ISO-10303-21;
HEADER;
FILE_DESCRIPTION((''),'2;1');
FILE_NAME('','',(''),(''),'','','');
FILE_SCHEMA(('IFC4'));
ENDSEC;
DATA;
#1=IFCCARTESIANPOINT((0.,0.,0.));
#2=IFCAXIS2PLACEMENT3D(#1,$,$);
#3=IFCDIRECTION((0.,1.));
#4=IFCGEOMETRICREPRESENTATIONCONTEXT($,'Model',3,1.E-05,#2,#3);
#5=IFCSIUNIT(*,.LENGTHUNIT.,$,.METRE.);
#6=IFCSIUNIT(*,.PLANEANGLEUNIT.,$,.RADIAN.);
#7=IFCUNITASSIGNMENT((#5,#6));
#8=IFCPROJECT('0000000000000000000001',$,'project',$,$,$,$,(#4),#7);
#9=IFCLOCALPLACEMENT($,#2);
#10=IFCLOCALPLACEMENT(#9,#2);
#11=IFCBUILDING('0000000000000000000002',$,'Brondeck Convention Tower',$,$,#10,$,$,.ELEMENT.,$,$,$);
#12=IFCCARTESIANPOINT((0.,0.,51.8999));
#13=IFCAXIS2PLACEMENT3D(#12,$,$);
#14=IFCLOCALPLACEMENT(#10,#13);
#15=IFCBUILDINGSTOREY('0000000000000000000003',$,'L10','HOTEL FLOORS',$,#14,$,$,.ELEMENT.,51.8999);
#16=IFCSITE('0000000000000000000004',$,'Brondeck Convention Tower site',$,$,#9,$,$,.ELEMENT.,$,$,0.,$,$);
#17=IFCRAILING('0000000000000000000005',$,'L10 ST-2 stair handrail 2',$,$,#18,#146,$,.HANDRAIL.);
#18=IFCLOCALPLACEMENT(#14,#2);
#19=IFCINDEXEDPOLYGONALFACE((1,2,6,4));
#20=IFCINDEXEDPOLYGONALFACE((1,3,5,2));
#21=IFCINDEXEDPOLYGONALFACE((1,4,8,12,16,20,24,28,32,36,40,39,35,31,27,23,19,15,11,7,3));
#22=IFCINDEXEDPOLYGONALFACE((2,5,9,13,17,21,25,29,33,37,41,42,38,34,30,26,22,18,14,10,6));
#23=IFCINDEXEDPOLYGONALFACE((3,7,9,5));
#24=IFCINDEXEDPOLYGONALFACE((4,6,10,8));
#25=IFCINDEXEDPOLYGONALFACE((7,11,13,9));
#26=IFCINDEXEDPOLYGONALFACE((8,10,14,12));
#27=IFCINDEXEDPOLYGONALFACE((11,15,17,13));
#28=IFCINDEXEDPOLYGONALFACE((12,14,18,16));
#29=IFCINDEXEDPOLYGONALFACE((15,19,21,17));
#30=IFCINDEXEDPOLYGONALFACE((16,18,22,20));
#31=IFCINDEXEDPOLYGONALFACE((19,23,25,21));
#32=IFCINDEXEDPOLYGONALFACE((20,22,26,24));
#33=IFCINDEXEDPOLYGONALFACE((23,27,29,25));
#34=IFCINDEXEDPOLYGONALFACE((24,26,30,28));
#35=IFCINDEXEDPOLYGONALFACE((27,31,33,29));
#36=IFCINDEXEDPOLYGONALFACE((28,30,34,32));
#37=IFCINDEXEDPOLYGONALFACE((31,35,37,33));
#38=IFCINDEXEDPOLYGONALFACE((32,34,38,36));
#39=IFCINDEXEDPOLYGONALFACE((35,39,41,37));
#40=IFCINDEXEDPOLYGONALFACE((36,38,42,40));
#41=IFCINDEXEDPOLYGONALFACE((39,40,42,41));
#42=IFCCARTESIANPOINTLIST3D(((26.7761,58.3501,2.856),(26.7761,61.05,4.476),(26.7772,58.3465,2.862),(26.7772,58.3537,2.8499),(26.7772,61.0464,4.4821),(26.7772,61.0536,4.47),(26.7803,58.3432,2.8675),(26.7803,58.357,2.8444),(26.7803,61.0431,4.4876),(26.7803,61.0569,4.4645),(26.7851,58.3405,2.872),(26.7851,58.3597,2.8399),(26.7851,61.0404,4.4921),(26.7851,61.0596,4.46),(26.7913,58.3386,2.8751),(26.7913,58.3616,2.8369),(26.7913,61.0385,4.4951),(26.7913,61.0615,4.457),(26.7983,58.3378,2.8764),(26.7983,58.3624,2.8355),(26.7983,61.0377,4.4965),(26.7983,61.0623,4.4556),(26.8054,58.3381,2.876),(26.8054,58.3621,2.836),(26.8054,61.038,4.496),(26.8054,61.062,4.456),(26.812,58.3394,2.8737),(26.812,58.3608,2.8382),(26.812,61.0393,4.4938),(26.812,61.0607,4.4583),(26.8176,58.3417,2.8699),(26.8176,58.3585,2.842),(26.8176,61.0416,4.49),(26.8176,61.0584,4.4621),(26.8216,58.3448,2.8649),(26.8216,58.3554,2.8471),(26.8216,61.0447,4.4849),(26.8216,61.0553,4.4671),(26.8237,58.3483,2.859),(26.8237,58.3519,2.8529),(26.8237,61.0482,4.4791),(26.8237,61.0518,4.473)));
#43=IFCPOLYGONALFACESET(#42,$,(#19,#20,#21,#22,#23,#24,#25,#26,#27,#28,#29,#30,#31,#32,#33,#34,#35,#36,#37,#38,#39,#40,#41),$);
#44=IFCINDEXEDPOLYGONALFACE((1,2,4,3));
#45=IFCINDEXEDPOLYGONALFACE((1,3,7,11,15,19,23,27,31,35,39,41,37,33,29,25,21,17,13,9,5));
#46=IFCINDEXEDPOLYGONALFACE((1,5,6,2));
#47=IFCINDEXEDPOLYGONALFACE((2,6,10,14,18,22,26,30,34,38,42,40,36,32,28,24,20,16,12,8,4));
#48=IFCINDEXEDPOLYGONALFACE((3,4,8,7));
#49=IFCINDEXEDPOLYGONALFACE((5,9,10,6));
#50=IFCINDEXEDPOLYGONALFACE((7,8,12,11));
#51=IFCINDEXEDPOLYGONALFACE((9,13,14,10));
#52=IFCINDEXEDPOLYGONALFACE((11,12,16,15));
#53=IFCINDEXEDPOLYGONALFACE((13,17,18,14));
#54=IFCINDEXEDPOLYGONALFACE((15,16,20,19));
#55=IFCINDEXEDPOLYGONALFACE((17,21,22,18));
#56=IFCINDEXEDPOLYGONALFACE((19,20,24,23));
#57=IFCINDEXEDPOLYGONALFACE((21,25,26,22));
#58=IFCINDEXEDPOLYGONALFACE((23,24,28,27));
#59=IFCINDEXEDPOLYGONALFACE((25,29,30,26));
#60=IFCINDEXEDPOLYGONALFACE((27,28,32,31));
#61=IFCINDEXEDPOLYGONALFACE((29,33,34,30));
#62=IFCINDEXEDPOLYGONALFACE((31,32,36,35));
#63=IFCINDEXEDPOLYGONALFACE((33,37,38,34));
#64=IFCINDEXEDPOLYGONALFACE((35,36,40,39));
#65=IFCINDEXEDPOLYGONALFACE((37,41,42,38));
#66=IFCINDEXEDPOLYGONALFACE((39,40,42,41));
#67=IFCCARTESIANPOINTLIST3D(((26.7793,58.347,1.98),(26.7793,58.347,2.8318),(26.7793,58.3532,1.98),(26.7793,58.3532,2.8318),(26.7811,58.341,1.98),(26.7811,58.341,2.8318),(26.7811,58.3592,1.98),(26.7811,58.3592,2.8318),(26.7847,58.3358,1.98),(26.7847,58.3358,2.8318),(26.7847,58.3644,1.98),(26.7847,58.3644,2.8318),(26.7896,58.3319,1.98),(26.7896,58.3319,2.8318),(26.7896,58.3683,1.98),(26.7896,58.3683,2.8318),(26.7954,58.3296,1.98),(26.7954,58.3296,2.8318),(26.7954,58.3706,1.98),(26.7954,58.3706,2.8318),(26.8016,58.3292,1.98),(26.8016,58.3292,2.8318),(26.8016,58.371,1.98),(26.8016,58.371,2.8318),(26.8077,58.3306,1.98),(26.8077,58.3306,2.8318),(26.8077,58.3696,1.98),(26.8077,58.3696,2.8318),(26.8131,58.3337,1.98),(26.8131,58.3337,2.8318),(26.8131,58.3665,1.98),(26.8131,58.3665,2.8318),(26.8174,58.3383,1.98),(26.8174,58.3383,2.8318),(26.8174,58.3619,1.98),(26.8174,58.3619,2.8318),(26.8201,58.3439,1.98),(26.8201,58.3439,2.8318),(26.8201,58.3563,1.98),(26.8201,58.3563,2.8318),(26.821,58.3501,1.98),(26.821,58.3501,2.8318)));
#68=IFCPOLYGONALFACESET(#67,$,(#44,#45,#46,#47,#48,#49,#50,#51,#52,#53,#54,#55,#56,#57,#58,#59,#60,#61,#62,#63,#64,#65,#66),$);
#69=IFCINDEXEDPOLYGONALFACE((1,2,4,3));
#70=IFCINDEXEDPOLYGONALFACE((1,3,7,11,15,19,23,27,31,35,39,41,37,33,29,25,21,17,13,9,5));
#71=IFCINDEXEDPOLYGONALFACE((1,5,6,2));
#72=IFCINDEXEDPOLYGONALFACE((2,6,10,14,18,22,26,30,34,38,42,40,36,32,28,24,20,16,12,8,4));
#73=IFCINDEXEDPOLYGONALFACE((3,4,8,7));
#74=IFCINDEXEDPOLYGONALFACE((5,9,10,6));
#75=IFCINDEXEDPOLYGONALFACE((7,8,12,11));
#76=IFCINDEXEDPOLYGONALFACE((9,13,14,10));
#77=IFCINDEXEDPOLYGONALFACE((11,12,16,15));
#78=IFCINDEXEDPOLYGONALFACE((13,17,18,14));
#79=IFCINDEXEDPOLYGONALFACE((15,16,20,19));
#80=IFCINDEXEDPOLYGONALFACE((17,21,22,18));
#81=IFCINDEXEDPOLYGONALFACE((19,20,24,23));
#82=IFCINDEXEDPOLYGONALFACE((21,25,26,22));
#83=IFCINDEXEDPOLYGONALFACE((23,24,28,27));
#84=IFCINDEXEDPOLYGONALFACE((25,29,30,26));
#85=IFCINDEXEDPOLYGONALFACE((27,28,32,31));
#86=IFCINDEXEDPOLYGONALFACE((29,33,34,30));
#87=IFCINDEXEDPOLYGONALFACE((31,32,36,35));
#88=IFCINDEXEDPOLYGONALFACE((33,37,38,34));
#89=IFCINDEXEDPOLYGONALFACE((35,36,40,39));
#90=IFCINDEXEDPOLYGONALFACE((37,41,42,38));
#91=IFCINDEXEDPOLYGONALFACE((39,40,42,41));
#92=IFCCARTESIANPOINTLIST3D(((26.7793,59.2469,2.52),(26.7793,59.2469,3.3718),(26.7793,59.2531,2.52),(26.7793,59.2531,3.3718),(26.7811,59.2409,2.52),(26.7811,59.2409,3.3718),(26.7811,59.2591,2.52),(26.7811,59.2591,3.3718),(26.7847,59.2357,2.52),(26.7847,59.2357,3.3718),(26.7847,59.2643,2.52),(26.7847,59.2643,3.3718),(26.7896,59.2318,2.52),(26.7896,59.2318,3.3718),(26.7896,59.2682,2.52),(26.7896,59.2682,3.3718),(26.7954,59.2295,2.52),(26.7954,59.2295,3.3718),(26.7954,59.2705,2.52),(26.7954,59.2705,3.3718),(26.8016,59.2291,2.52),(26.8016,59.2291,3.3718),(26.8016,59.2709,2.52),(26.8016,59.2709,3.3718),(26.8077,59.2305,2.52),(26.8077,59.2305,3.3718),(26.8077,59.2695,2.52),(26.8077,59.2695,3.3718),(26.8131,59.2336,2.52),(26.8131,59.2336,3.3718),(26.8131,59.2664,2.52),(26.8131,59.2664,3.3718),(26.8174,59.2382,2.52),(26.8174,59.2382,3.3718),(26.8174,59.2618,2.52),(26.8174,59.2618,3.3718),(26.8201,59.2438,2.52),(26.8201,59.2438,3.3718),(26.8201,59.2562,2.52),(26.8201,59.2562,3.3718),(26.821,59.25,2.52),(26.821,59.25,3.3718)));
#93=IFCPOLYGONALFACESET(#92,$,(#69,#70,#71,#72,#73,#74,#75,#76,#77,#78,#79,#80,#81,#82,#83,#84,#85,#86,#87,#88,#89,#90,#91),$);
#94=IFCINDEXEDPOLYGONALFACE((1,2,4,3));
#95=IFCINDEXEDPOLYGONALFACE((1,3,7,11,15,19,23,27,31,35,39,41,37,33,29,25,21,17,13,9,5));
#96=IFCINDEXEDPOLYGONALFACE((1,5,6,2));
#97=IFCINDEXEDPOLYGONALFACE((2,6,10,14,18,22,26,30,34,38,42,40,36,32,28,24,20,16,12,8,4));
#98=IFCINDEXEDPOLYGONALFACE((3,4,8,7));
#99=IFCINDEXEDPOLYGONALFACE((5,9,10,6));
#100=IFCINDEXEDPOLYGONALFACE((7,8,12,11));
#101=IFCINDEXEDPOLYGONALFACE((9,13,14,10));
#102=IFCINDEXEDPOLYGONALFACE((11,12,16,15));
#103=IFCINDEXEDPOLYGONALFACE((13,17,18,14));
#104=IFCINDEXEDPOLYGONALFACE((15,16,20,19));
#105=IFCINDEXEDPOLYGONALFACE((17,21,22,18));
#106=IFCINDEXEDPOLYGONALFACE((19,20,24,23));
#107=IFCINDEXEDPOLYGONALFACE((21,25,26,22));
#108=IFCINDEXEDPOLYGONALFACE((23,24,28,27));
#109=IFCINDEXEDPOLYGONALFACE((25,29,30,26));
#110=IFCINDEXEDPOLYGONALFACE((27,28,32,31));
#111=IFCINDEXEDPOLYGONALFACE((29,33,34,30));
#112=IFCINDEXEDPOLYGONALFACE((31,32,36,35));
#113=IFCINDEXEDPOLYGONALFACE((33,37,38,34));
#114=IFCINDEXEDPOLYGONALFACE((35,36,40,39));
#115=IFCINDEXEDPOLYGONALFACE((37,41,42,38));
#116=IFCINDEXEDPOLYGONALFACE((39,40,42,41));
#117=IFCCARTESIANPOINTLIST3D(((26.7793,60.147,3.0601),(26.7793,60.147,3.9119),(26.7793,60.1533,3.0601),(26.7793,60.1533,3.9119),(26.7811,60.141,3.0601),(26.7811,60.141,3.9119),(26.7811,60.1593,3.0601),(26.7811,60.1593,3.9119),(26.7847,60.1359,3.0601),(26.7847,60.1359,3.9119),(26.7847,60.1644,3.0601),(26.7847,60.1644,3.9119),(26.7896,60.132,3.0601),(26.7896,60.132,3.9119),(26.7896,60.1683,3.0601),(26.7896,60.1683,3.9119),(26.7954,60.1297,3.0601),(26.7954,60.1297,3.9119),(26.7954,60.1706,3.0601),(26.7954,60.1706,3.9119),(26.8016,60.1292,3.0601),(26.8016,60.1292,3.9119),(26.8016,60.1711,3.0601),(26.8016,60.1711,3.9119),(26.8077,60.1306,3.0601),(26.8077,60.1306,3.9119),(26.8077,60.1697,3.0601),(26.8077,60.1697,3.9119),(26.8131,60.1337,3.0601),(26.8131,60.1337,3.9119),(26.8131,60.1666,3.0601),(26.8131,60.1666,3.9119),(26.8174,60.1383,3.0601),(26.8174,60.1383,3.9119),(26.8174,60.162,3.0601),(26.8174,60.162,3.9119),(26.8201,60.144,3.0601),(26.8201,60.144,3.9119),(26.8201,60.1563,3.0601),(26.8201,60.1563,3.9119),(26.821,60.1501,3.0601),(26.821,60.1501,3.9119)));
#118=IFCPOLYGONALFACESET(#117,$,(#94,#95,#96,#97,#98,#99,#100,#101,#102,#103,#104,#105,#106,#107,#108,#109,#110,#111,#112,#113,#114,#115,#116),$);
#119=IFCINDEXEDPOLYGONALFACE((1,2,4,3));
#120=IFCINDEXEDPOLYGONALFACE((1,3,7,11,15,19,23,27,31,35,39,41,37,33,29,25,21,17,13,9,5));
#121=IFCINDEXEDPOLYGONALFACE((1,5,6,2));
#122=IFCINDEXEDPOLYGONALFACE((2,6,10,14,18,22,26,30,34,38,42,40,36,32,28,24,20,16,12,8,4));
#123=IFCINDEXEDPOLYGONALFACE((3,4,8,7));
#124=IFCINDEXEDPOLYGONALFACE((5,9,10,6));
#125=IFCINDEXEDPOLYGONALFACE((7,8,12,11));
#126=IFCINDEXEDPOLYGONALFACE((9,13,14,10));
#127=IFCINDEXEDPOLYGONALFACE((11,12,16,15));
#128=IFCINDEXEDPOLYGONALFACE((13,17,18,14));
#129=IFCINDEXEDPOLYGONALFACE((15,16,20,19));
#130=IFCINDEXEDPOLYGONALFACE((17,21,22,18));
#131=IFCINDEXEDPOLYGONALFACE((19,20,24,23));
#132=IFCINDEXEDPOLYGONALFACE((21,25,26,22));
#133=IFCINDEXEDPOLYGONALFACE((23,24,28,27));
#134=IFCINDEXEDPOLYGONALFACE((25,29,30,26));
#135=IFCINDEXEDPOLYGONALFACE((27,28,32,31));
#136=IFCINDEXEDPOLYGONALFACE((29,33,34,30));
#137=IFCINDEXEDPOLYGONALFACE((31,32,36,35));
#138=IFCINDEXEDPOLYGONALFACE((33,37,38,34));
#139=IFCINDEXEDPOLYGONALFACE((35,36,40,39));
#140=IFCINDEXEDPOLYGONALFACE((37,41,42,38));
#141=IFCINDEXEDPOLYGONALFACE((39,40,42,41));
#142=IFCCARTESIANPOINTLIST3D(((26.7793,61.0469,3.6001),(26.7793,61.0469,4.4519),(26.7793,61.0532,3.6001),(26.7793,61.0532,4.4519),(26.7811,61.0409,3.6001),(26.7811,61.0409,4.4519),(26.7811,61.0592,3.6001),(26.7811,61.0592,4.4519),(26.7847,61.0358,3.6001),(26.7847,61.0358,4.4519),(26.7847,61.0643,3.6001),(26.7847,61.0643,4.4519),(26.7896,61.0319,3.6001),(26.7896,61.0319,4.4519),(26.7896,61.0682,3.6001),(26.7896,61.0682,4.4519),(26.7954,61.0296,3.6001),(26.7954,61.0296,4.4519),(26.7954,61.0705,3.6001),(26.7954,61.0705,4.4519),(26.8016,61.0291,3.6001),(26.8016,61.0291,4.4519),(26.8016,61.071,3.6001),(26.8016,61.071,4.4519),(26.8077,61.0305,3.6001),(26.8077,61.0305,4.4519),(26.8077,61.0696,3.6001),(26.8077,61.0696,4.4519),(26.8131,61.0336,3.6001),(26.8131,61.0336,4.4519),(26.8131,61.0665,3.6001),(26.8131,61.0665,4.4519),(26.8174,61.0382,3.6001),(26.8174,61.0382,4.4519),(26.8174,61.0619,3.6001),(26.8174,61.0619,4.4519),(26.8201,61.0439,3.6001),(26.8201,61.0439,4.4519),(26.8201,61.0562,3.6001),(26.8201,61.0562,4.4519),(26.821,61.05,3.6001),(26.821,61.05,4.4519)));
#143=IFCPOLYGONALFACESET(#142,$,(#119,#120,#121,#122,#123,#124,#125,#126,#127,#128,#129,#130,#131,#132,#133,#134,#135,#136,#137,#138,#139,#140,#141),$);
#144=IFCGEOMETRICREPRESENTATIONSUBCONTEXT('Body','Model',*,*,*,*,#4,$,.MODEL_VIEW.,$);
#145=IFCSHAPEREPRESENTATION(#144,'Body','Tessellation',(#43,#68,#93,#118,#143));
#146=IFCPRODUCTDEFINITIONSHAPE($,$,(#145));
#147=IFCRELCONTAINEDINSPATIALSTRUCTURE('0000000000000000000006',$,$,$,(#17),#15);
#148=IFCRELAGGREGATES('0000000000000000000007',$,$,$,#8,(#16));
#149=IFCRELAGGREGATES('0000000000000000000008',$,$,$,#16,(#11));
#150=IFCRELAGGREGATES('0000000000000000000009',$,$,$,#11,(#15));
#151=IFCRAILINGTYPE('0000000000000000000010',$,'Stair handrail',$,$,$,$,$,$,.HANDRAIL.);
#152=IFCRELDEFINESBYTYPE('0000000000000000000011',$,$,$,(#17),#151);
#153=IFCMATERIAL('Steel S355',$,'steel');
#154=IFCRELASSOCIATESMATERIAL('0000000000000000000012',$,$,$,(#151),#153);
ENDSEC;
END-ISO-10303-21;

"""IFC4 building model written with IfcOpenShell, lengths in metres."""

from ifc_helpers import new_model, si_unit, direction, frame, origin, origin_2d, place, context, subcontext, project, spatial, circle, extrude, material, type_object, element, save


model = new_model("IFC4")

# Units and contexts
model_context = context("Model", 3, precision=1e-05, world=origin(), true_north=direction((0.0, 1.0)))
body_context = subcontext(model_context, "Body", "Model", "MODEL_VIEW")
ifc_project = project(units=[si_unit("LENGTHUNIT", "METRE"), si_unit("PLANEANGLEUNIT", "RADIAN")], contexts=[model_context])

# Site, building, storey
site_placement = place(None, origin())
site = spatial("IfcSite", under=ifc_project, at=site_placement, Name="Brondeck Convention Tower site", CompositionType="ELEMENT", RefElevation=0.0)
building_placement = place(site_placement, origin())
building = spatial("IfcBuilding", under=site, at=building_placement, Name="Brondeck Convention Tower", CompositionType="ELEMENT")
storey_placement = place(building_placement, frame((0.0, 0.0, 51.8999)))
storey = spatial("IfcBuildingStorey", under=building, at=storey_placement, Name="L10", Description="HOTEL FLOORS", CompositionType="ELEMENT", Elevation=51.8999)

# Railing
ifc_material_1 = material(Name="Steel S355", Category="steel")
railing_type_1 = type_object("IfcRailingType", Name="Stair handrail", PredefinedType="HANDRAIL", material=ifc_material_1)
railing_1_placement = place(storey_placement, frame((26.8, 58.3501, 1.98)))
element("IfcRailing", 1, at=railing_1_placement, inside=storey, type_object=railing_type_1, Name="L10 ST-2 stair handrail 2", PredefinedType="HANDRAIL", context=body_context, shape_type="SweptSolid", body=[
    extrude(circle(Radius=0.0239, at=origin_2d()), frame((0.0, 0.0, 0.876), z_axis=(0.0, 0.857472, 0.51453), x_axis=(-1.0, 0.0, 0.0)), (0.0, 0.0, 1.0), 3.1487),
    extrude(circle(Radius=0.021, at=origin_2d()), origin(), (0.0, 0.0, 1.0), 0.8518),
    extrude(circle(Radius=0.021, at=origin_2d()), frame((0.0, 0.8999, 0.54)), (0.0, 0.0, 1.0), 0.8518),
    extrude(circle(Radius=0.021, at=origin_2d()), frame((0.0, 1.8, 1.0801)), (0.0, 0.0, 1.0), 0.8518),
    extrude(circle(Radius=0.021, at=origin_2d()), frame((0.0, 2.7, 1.6201)), (0.0, 0.0, 1.0), 0.8518),
])

save(model, "model.ifc")
